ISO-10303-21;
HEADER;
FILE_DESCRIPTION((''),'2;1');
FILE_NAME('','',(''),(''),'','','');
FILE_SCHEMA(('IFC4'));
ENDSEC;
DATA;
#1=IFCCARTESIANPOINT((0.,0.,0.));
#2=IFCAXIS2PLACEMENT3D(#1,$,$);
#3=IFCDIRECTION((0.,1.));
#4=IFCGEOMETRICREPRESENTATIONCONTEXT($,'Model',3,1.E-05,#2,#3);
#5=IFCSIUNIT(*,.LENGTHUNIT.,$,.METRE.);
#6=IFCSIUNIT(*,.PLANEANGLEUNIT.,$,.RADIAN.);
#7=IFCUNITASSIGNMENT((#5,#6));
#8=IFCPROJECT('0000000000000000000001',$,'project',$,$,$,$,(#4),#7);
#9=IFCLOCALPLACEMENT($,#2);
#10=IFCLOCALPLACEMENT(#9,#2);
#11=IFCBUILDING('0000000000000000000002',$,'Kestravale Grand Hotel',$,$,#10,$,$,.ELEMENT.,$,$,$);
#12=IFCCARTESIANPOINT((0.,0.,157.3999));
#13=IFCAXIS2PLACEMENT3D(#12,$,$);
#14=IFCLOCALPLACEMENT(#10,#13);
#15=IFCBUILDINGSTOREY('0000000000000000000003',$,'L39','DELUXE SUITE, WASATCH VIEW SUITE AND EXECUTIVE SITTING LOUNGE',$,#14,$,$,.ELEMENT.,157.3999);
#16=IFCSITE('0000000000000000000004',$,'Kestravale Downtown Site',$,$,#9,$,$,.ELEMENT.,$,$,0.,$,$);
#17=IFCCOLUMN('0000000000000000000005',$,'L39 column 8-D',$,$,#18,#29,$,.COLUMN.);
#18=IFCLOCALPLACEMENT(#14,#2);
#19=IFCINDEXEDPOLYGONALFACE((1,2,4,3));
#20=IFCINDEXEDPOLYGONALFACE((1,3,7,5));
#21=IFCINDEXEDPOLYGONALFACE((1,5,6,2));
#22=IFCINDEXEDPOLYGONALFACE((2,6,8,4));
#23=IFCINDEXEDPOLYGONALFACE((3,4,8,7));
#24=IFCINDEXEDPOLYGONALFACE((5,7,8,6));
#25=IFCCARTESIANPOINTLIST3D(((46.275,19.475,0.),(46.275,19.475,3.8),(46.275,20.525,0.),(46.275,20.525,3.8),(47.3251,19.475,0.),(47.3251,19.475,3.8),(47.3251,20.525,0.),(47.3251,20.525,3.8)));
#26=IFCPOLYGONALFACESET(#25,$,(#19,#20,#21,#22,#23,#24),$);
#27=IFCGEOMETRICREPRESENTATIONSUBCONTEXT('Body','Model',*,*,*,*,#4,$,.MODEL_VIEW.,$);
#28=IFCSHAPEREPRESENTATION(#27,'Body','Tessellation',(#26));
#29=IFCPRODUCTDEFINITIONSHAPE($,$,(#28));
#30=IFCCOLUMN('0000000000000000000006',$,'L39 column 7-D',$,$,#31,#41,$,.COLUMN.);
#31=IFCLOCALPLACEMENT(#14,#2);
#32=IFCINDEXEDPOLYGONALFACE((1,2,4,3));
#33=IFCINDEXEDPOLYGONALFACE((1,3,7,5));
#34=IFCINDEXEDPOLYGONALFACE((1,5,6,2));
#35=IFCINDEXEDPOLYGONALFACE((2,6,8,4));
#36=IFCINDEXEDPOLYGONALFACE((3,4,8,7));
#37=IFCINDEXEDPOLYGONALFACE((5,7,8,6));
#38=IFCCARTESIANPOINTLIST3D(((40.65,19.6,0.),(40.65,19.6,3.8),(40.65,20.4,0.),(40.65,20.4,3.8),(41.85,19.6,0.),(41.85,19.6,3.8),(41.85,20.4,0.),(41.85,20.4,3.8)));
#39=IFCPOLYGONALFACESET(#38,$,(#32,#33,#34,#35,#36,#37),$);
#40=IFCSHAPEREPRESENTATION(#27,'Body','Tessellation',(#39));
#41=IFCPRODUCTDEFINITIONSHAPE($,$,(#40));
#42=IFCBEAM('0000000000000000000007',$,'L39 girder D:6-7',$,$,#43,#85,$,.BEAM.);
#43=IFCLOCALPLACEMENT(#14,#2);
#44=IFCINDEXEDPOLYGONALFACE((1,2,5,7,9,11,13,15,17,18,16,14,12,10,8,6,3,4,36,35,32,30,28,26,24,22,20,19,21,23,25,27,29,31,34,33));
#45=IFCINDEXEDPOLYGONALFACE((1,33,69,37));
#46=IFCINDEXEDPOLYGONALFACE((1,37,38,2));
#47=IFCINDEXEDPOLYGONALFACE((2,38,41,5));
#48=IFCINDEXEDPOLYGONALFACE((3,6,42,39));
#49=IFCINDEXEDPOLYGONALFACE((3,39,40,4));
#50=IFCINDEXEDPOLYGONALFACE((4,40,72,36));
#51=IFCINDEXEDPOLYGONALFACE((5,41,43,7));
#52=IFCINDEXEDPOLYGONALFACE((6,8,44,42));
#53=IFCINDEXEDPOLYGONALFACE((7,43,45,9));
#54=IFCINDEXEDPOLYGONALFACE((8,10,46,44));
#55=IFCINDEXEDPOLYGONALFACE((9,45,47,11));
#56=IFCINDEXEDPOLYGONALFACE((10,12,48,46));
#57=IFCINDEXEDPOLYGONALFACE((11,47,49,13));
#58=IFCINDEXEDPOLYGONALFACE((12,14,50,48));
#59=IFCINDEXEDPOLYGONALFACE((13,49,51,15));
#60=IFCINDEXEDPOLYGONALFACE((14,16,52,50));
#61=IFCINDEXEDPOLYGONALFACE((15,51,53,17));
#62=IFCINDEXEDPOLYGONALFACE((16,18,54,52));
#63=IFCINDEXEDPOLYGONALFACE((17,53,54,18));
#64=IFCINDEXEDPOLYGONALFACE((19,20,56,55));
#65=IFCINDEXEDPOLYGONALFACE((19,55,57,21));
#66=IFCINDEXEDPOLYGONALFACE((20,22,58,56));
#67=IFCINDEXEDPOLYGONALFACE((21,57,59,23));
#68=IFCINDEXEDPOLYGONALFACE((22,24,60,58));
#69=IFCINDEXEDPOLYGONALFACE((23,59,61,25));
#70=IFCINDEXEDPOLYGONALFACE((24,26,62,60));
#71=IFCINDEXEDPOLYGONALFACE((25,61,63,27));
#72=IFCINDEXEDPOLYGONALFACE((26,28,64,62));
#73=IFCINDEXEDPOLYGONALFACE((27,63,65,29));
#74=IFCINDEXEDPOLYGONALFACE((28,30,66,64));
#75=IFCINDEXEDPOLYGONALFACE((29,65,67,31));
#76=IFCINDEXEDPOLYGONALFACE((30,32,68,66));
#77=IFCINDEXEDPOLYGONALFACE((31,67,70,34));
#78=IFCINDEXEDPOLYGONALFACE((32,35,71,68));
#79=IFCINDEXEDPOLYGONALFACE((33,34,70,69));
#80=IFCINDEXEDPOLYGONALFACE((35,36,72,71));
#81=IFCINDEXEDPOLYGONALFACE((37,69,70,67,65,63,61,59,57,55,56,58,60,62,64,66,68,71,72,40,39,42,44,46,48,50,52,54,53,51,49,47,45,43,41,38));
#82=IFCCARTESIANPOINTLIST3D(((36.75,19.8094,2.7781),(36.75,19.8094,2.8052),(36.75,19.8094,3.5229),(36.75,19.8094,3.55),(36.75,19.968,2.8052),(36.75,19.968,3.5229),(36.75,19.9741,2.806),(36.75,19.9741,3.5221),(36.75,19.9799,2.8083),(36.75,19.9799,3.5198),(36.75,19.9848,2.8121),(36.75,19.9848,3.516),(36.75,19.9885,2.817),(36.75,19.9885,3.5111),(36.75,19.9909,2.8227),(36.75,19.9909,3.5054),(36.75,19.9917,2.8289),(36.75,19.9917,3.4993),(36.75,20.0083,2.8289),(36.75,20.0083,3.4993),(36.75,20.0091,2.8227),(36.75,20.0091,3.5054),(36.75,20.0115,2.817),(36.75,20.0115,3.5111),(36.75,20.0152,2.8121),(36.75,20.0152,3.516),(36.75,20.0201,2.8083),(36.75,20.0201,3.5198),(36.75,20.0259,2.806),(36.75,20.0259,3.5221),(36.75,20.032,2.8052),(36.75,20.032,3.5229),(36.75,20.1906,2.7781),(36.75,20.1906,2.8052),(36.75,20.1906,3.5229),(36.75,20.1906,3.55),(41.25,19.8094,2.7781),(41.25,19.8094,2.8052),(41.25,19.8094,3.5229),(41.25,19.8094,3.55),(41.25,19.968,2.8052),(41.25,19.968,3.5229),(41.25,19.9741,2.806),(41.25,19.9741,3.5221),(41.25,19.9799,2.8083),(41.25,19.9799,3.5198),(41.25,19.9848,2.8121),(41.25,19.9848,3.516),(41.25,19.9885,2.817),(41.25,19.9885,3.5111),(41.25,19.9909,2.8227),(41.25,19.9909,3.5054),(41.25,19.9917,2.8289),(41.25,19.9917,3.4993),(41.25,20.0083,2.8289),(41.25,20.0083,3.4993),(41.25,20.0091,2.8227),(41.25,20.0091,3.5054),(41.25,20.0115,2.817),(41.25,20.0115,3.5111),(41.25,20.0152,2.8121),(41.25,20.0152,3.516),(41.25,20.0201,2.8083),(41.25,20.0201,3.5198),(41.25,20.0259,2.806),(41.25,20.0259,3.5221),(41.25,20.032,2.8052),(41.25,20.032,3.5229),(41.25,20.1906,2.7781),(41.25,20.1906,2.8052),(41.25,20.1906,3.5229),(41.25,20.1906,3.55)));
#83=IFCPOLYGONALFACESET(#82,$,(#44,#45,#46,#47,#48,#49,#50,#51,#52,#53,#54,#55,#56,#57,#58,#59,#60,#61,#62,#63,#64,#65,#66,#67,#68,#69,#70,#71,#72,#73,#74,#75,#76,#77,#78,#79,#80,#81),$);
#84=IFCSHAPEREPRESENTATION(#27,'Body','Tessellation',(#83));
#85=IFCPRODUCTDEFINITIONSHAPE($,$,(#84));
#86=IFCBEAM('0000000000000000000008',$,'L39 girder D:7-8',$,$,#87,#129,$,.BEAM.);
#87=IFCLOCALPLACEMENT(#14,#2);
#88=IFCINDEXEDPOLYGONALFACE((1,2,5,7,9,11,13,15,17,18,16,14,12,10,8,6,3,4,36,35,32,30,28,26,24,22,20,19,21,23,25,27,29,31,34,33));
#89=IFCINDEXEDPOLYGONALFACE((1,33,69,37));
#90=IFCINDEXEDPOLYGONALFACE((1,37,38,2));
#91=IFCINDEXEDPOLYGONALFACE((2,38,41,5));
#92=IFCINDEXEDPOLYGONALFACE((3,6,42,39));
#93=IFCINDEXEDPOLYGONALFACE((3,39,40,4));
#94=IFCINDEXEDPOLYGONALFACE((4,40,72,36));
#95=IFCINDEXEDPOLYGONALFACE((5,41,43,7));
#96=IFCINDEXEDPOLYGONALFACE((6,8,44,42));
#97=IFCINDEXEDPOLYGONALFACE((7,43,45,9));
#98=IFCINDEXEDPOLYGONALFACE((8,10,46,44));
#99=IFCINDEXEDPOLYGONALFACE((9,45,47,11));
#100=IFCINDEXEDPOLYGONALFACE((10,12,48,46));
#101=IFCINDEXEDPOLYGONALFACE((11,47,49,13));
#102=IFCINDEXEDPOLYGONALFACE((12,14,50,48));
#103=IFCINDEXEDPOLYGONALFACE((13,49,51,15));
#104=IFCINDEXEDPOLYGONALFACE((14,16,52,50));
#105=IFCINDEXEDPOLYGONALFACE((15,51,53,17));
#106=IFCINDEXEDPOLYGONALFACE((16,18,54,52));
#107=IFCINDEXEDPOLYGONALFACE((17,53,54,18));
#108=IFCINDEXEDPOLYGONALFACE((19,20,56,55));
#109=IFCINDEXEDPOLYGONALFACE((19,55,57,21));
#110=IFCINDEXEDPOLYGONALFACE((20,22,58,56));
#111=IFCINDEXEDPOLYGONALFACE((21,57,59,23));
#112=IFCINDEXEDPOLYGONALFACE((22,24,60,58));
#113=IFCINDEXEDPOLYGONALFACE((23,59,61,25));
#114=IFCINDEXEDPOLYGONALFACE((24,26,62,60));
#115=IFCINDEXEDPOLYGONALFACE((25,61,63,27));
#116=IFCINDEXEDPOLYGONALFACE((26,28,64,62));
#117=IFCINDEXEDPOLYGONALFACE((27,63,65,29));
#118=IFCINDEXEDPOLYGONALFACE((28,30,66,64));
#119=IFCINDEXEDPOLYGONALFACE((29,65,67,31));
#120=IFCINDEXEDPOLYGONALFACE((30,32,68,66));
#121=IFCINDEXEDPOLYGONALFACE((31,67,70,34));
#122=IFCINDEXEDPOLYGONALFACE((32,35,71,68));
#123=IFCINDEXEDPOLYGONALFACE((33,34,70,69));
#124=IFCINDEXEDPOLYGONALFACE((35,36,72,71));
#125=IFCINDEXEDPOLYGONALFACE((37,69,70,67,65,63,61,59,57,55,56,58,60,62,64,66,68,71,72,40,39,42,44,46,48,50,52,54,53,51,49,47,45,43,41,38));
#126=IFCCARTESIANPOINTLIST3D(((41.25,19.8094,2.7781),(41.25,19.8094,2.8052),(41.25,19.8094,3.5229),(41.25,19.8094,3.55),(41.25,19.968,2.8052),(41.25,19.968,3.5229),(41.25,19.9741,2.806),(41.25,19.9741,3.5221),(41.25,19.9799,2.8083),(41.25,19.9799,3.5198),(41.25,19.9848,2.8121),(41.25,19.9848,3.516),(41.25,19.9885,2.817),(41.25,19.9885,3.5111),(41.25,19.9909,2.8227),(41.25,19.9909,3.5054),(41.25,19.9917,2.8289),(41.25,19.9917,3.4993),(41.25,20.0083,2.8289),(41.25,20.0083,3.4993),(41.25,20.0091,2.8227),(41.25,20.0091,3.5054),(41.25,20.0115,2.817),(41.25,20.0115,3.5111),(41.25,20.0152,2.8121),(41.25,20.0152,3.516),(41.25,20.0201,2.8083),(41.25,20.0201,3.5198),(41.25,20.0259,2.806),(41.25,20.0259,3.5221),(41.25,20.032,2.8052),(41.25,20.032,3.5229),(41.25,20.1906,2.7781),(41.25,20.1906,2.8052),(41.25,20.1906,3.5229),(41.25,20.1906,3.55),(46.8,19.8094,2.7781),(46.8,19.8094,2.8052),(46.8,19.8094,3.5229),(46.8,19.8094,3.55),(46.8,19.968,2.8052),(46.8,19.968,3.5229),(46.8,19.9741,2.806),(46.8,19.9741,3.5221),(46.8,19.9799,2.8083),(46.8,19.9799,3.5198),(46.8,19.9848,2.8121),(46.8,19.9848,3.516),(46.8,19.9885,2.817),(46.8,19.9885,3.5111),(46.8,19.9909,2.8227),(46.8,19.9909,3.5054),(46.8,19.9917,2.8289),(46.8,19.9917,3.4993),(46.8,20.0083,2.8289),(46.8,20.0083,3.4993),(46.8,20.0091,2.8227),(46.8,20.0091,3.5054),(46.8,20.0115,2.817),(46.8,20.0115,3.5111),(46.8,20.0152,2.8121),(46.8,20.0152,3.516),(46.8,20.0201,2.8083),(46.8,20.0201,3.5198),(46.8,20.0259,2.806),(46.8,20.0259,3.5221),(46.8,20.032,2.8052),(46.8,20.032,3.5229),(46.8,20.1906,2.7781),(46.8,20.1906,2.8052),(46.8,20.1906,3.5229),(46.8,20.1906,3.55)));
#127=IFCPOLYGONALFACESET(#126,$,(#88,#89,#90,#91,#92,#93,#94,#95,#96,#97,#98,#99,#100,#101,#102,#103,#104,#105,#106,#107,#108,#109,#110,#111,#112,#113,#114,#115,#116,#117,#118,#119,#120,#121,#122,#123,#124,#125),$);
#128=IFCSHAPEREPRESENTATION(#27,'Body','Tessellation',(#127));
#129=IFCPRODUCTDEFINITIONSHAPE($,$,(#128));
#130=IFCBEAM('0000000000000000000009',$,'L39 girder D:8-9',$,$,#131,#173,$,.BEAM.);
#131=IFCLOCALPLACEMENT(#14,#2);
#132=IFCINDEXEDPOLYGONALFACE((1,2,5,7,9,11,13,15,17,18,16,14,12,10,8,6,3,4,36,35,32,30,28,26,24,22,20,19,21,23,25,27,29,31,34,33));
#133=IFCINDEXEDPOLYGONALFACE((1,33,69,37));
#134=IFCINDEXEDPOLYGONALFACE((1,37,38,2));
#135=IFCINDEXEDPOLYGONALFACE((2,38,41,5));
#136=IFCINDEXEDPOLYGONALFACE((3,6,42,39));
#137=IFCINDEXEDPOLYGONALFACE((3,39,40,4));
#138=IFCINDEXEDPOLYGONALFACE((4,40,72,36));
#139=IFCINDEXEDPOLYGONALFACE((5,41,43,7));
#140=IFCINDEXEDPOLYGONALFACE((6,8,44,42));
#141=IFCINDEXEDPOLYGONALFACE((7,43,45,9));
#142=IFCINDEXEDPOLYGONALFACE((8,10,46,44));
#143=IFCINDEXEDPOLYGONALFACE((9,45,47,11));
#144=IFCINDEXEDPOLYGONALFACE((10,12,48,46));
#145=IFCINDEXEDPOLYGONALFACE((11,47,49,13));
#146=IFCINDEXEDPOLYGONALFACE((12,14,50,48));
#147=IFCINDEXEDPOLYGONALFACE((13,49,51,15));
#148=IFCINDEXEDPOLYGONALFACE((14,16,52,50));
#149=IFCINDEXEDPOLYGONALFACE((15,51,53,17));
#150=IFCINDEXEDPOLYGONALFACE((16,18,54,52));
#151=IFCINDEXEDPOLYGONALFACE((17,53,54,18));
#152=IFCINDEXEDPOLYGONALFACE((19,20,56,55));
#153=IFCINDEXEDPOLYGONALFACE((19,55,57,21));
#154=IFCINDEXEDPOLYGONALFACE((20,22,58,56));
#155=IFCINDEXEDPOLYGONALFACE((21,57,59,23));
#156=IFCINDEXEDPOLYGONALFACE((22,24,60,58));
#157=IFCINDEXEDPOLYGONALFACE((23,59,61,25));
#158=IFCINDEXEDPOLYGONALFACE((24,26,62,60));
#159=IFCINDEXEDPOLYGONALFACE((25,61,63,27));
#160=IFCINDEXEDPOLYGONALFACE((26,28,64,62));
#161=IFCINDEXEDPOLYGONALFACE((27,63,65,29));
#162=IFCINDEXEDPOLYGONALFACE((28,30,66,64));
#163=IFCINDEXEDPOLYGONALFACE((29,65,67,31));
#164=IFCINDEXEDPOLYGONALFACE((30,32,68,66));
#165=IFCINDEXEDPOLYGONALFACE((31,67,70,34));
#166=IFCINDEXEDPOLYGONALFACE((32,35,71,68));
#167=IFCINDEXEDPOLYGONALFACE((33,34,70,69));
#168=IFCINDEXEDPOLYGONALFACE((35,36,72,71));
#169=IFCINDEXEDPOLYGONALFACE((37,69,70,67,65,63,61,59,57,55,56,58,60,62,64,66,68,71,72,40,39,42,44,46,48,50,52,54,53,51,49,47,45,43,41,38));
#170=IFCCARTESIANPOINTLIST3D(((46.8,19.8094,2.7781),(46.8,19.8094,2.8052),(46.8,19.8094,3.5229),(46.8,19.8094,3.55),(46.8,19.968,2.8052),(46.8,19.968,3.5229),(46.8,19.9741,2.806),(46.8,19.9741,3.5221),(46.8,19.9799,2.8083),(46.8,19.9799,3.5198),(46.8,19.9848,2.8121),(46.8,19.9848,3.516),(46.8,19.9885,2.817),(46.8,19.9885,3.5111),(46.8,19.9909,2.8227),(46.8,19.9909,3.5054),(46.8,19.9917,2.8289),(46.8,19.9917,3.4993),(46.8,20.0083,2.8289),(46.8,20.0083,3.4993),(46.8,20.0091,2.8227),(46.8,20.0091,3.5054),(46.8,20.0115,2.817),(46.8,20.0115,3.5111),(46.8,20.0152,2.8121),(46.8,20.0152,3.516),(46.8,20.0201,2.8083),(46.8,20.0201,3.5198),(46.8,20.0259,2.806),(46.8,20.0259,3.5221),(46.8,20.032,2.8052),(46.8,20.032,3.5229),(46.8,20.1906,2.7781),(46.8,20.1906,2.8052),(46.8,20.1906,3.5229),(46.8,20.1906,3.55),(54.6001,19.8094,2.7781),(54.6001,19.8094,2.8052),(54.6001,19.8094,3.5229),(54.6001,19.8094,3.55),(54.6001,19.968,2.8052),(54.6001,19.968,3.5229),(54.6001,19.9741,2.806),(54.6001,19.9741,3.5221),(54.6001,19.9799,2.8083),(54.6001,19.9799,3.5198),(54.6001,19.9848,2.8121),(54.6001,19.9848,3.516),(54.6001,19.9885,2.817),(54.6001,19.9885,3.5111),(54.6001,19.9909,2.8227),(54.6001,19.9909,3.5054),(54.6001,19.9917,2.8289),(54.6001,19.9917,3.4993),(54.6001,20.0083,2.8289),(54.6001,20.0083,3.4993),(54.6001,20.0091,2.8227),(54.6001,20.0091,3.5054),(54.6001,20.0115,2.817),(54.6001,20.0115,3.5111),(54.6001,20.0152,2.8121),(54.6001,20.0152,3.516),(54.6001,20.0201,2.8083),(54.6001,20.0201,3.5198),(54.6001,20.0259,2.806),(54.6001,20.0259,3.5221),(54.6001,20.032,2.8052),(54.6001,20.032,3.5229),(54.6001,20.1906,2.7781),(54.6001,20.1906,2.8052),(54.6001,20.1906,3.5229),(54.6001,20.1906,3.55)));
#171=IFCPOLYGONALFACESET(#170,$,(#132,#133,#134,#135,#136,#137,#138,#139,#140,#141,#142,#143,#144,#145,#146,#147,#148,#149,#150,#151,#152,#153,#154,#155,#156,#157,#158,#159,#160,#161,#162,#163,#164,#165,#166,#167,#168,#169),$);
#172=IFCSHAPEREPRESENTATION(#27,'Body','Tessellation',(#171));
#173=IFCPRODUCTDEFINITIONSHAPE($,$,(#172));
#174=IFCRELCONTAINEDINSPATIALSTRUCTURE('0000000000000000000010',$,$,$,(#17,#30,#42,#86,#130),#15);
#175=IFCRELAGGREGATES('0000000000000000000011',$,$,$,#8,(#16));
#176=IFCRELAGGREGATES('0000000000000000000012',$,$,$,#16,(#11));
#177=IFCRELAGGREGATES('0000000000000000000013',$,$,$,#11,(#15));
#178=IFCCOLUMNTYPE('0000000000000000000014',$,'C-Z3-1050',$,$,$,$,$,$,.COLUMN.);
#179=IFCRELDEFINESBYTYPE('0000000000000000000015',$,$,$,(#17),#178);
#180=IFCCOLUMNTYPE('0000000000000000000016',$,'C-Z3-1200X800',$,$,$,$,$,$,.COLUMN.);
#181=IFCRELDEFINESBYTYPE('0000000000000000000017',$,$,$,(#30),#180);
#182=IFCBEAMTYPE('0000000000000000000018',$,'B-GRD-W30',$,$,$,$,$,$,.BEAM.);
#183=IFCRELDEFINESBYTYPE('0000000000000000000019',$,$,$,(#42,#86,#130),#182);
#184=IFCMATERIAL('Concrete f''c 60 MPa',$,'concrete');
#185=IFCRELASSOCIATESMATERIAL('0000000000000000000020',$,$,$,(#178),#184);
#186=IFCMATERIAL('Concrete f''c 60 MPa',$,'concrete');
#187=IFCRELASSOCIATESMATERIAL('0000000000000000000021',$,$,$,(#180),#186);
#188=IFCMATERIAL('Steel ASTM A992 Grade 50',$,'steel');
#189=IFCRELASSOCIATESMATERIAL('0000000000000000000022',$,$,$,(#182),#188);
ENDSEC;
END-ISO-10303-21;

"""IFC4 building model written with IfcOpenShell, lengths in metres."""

from ifc_helpers import new_model, si_unit, direction, frame, origin, origin_2d, place, context, subcontext, project, spatial, rectangle, i_section, extrude, material, material_profile, profile_set, type_object, element, save


model = new_model("IFC4")

# Units and contexts
model_context = context("Model", 3, precision=1e-05, world=origin(), true_north=direction((0.0, 1.0)))
body_context = subcontext(model_context, "Body", "Model", "MODEL_VIEW")
ifc_project = project(units=[si_unit("LENGTHUNIT", "METRE"), si_unit("PLANEANGLEUNIT", "RADIAN")], contexts=[model_context])

# Site, building, storey
site_placement = place(None, origin())
site = spatial("IfcSite", under=ifc_project, at=site_placement, Name="Kestravale Downtown Site", CompositionType="ELEMENT", RefElevation=0.0)
building_placement = place(site_placement, origin())
building = spatial("IfcBuilding", under=site, at=building_placement, Name="Kestravale Grand Hotel", CompositionType="ELEMENT")
storey_placement = place(building_placement, frame((0.0, 0.0, 157.3999)))
storey = spatial("IfcBuildingStorey", under=building, at=storey_placement, Name="L39", Description="DELUXE SUITE, WASATCH VIEW SUITE AND EXECUTIVE SITTING LOUNGE", CompositionType="ELEMENT", Elevation=157.3999)

# Columns
ifc_material_1 = material(Name="Concrete f'c 60 MPa", Category="concrete")
ifc_material_profile_1 = material_profile(ifc_material_1, rectangle(XDim=1.05, YDim=1.05, at=origin_2d()))
ifc_profile_set_1 = profile_set([ifc_material_profile_1], Name="Concrete f'c 60 MPa")
column_type_1 = type_object("IfcColumnType", Name="C-Z3-1050", PredefinedType="COLUMN", material=ifc_profile_set_1)
column_1_placement = place(storey_placement, frame((46.8, 20.0, 0.0), z_axis=(0.0, 0.0, 1.0), x_axis=(1.0, 0.0, 0.0)))
element("IfcColumn", 1, at=column_1_placement, inside=storey, type_object=column_type_1, Name="L39 column 8-D", PredefinedType="COLUMN", context=body_context, shape_type="SweptSolid", body=[
    extrude(rectangle(XDim=1.05, YDim=1.05, at=origin_2d()), origin(), (0.0, 0.0, 1.0), 3.8),
])
ifc_material_2 = material(Name="Concrete f'c 60 MPa", Category="concrete")
ifc_material_profile_2 = material_profile(ifc_material_2, rectangle(XDim=1.2, YDim=0.8, at=origin_2d()))
ifc_profile_set_2 = profile_set([ifc_material_profile_2], Name="Concrete f'c 60 MPa")
column_type_2 = type_object("IfcColumnType", Name="C-Z3-1200X800", PredefinedType="COLUMN", material=ifc_profile_set_2)
column_2_placement = place(storey_placement, frame((41.25, 20.0, 0.0), z_axis=(0.0, 0.0, 1.0), x_axis=(1.0, 0.0, 0.0)))
element("IfcColumn", 2, at=column_2_placement, inside=storey, type_object=column_type_2, Name="L39 column 7-D", PredefinedType="COLUMN", context=body_context, shape_type="SweptSolid", body=[
    extrude(rectangle(XDim=1.2, YDim=0.8, at=origin_2d()), origin(), (0.0, 0.0, 1.0), 3.8),
])

# Beams
ifc_material_3 = material(Name="Steel ASTM A992 Grade 50", Category="steel")
ifc_material_profile_3 = material_profile(ifc_material_3, i_section(OverallWidth=0.3811, OverallDepth=0.772, WebThickness=0.0166, FlangeThickness=0.0271, FilletRadius=0.0237, at=origin_2d()))
ifc_profile_set_3 = profile_set([ifc_material_profile_3], Name="Steel ASTM A992 Grade 50")
beam_type = type_object("IfcBeamType", Name="B-GRD-W30", PredefinedType="BEAM", material=ifc_profile_set_3)
beam_1_placement = place(storey_placement, frame((36.75, 20.0, 3.1641), z_axis=(1.0, 0.0, 0.0), x_axis=(0.0, 1.0, 0.0)))
element("IfcBeam", 3, at=beam_1_placement, inside=storey, type_object=beam_type, Name="L39 girder D:6-7", PredefinedType="BEAM", context=body_context, shape_type="SweptSolid", body=[
    extrude(i_section(OverallWidth=0.3811, OverallDepth=0.772, WebThickness=0.0166, FlangeThickness=0.0271, FilletRadius=0.0237, at=origin_2d()), origin(), (0.0, 0.0, 1.0), 4.5),
])
beam_2_placement = place(storey_placement, frame((41.25, 20.0, 3.1641), z_axis=(1.0, 0.0, 0.0), x_axis=(0.0, 1.0, 0.0)))
element("IfcBeam", 4, at=beam_2_placement, inside=storey, type_object=beam_type, Name="L39 girder D:7-8", PredefinedType="BEAM", context=body_context, shape_type="SweptSolid", body=[
    extrude(i_section(OverallWidth=0.3811, OverallDepth=0.772, WebThickness=0.0166, FlangeThickness=0.0271, FilletRadius=0.0237, at=origin_2d()), origin(), (0.0, 0.0, 1.0), 5.55),
])
beam_3_placement = place(storey_placement, frame((46.8, 20.0, 3.1641), z_axis=(1.0, 0.0, 0.0), x_axis=(0.0, 1.0, 0.0)))
element("IfcBeam", 5, at=beam_3_placement, inside=storey, type_object=beam_type, Name="L39 girder D:8-9", PredefinedType="BEAM", context=body_context, shape_type="SweptSolid", body=[
    extrude(i_section(OverallWidth=0.3811, OverallDepth=0.772, WebThickness=0.0166, FlangeThickness=0.0271, FilletRadius=0.0237, at=origin_2d()), origin(), (0.0, 0.0, 1.0), 7.8),
])

save(model, "model.ifc")
